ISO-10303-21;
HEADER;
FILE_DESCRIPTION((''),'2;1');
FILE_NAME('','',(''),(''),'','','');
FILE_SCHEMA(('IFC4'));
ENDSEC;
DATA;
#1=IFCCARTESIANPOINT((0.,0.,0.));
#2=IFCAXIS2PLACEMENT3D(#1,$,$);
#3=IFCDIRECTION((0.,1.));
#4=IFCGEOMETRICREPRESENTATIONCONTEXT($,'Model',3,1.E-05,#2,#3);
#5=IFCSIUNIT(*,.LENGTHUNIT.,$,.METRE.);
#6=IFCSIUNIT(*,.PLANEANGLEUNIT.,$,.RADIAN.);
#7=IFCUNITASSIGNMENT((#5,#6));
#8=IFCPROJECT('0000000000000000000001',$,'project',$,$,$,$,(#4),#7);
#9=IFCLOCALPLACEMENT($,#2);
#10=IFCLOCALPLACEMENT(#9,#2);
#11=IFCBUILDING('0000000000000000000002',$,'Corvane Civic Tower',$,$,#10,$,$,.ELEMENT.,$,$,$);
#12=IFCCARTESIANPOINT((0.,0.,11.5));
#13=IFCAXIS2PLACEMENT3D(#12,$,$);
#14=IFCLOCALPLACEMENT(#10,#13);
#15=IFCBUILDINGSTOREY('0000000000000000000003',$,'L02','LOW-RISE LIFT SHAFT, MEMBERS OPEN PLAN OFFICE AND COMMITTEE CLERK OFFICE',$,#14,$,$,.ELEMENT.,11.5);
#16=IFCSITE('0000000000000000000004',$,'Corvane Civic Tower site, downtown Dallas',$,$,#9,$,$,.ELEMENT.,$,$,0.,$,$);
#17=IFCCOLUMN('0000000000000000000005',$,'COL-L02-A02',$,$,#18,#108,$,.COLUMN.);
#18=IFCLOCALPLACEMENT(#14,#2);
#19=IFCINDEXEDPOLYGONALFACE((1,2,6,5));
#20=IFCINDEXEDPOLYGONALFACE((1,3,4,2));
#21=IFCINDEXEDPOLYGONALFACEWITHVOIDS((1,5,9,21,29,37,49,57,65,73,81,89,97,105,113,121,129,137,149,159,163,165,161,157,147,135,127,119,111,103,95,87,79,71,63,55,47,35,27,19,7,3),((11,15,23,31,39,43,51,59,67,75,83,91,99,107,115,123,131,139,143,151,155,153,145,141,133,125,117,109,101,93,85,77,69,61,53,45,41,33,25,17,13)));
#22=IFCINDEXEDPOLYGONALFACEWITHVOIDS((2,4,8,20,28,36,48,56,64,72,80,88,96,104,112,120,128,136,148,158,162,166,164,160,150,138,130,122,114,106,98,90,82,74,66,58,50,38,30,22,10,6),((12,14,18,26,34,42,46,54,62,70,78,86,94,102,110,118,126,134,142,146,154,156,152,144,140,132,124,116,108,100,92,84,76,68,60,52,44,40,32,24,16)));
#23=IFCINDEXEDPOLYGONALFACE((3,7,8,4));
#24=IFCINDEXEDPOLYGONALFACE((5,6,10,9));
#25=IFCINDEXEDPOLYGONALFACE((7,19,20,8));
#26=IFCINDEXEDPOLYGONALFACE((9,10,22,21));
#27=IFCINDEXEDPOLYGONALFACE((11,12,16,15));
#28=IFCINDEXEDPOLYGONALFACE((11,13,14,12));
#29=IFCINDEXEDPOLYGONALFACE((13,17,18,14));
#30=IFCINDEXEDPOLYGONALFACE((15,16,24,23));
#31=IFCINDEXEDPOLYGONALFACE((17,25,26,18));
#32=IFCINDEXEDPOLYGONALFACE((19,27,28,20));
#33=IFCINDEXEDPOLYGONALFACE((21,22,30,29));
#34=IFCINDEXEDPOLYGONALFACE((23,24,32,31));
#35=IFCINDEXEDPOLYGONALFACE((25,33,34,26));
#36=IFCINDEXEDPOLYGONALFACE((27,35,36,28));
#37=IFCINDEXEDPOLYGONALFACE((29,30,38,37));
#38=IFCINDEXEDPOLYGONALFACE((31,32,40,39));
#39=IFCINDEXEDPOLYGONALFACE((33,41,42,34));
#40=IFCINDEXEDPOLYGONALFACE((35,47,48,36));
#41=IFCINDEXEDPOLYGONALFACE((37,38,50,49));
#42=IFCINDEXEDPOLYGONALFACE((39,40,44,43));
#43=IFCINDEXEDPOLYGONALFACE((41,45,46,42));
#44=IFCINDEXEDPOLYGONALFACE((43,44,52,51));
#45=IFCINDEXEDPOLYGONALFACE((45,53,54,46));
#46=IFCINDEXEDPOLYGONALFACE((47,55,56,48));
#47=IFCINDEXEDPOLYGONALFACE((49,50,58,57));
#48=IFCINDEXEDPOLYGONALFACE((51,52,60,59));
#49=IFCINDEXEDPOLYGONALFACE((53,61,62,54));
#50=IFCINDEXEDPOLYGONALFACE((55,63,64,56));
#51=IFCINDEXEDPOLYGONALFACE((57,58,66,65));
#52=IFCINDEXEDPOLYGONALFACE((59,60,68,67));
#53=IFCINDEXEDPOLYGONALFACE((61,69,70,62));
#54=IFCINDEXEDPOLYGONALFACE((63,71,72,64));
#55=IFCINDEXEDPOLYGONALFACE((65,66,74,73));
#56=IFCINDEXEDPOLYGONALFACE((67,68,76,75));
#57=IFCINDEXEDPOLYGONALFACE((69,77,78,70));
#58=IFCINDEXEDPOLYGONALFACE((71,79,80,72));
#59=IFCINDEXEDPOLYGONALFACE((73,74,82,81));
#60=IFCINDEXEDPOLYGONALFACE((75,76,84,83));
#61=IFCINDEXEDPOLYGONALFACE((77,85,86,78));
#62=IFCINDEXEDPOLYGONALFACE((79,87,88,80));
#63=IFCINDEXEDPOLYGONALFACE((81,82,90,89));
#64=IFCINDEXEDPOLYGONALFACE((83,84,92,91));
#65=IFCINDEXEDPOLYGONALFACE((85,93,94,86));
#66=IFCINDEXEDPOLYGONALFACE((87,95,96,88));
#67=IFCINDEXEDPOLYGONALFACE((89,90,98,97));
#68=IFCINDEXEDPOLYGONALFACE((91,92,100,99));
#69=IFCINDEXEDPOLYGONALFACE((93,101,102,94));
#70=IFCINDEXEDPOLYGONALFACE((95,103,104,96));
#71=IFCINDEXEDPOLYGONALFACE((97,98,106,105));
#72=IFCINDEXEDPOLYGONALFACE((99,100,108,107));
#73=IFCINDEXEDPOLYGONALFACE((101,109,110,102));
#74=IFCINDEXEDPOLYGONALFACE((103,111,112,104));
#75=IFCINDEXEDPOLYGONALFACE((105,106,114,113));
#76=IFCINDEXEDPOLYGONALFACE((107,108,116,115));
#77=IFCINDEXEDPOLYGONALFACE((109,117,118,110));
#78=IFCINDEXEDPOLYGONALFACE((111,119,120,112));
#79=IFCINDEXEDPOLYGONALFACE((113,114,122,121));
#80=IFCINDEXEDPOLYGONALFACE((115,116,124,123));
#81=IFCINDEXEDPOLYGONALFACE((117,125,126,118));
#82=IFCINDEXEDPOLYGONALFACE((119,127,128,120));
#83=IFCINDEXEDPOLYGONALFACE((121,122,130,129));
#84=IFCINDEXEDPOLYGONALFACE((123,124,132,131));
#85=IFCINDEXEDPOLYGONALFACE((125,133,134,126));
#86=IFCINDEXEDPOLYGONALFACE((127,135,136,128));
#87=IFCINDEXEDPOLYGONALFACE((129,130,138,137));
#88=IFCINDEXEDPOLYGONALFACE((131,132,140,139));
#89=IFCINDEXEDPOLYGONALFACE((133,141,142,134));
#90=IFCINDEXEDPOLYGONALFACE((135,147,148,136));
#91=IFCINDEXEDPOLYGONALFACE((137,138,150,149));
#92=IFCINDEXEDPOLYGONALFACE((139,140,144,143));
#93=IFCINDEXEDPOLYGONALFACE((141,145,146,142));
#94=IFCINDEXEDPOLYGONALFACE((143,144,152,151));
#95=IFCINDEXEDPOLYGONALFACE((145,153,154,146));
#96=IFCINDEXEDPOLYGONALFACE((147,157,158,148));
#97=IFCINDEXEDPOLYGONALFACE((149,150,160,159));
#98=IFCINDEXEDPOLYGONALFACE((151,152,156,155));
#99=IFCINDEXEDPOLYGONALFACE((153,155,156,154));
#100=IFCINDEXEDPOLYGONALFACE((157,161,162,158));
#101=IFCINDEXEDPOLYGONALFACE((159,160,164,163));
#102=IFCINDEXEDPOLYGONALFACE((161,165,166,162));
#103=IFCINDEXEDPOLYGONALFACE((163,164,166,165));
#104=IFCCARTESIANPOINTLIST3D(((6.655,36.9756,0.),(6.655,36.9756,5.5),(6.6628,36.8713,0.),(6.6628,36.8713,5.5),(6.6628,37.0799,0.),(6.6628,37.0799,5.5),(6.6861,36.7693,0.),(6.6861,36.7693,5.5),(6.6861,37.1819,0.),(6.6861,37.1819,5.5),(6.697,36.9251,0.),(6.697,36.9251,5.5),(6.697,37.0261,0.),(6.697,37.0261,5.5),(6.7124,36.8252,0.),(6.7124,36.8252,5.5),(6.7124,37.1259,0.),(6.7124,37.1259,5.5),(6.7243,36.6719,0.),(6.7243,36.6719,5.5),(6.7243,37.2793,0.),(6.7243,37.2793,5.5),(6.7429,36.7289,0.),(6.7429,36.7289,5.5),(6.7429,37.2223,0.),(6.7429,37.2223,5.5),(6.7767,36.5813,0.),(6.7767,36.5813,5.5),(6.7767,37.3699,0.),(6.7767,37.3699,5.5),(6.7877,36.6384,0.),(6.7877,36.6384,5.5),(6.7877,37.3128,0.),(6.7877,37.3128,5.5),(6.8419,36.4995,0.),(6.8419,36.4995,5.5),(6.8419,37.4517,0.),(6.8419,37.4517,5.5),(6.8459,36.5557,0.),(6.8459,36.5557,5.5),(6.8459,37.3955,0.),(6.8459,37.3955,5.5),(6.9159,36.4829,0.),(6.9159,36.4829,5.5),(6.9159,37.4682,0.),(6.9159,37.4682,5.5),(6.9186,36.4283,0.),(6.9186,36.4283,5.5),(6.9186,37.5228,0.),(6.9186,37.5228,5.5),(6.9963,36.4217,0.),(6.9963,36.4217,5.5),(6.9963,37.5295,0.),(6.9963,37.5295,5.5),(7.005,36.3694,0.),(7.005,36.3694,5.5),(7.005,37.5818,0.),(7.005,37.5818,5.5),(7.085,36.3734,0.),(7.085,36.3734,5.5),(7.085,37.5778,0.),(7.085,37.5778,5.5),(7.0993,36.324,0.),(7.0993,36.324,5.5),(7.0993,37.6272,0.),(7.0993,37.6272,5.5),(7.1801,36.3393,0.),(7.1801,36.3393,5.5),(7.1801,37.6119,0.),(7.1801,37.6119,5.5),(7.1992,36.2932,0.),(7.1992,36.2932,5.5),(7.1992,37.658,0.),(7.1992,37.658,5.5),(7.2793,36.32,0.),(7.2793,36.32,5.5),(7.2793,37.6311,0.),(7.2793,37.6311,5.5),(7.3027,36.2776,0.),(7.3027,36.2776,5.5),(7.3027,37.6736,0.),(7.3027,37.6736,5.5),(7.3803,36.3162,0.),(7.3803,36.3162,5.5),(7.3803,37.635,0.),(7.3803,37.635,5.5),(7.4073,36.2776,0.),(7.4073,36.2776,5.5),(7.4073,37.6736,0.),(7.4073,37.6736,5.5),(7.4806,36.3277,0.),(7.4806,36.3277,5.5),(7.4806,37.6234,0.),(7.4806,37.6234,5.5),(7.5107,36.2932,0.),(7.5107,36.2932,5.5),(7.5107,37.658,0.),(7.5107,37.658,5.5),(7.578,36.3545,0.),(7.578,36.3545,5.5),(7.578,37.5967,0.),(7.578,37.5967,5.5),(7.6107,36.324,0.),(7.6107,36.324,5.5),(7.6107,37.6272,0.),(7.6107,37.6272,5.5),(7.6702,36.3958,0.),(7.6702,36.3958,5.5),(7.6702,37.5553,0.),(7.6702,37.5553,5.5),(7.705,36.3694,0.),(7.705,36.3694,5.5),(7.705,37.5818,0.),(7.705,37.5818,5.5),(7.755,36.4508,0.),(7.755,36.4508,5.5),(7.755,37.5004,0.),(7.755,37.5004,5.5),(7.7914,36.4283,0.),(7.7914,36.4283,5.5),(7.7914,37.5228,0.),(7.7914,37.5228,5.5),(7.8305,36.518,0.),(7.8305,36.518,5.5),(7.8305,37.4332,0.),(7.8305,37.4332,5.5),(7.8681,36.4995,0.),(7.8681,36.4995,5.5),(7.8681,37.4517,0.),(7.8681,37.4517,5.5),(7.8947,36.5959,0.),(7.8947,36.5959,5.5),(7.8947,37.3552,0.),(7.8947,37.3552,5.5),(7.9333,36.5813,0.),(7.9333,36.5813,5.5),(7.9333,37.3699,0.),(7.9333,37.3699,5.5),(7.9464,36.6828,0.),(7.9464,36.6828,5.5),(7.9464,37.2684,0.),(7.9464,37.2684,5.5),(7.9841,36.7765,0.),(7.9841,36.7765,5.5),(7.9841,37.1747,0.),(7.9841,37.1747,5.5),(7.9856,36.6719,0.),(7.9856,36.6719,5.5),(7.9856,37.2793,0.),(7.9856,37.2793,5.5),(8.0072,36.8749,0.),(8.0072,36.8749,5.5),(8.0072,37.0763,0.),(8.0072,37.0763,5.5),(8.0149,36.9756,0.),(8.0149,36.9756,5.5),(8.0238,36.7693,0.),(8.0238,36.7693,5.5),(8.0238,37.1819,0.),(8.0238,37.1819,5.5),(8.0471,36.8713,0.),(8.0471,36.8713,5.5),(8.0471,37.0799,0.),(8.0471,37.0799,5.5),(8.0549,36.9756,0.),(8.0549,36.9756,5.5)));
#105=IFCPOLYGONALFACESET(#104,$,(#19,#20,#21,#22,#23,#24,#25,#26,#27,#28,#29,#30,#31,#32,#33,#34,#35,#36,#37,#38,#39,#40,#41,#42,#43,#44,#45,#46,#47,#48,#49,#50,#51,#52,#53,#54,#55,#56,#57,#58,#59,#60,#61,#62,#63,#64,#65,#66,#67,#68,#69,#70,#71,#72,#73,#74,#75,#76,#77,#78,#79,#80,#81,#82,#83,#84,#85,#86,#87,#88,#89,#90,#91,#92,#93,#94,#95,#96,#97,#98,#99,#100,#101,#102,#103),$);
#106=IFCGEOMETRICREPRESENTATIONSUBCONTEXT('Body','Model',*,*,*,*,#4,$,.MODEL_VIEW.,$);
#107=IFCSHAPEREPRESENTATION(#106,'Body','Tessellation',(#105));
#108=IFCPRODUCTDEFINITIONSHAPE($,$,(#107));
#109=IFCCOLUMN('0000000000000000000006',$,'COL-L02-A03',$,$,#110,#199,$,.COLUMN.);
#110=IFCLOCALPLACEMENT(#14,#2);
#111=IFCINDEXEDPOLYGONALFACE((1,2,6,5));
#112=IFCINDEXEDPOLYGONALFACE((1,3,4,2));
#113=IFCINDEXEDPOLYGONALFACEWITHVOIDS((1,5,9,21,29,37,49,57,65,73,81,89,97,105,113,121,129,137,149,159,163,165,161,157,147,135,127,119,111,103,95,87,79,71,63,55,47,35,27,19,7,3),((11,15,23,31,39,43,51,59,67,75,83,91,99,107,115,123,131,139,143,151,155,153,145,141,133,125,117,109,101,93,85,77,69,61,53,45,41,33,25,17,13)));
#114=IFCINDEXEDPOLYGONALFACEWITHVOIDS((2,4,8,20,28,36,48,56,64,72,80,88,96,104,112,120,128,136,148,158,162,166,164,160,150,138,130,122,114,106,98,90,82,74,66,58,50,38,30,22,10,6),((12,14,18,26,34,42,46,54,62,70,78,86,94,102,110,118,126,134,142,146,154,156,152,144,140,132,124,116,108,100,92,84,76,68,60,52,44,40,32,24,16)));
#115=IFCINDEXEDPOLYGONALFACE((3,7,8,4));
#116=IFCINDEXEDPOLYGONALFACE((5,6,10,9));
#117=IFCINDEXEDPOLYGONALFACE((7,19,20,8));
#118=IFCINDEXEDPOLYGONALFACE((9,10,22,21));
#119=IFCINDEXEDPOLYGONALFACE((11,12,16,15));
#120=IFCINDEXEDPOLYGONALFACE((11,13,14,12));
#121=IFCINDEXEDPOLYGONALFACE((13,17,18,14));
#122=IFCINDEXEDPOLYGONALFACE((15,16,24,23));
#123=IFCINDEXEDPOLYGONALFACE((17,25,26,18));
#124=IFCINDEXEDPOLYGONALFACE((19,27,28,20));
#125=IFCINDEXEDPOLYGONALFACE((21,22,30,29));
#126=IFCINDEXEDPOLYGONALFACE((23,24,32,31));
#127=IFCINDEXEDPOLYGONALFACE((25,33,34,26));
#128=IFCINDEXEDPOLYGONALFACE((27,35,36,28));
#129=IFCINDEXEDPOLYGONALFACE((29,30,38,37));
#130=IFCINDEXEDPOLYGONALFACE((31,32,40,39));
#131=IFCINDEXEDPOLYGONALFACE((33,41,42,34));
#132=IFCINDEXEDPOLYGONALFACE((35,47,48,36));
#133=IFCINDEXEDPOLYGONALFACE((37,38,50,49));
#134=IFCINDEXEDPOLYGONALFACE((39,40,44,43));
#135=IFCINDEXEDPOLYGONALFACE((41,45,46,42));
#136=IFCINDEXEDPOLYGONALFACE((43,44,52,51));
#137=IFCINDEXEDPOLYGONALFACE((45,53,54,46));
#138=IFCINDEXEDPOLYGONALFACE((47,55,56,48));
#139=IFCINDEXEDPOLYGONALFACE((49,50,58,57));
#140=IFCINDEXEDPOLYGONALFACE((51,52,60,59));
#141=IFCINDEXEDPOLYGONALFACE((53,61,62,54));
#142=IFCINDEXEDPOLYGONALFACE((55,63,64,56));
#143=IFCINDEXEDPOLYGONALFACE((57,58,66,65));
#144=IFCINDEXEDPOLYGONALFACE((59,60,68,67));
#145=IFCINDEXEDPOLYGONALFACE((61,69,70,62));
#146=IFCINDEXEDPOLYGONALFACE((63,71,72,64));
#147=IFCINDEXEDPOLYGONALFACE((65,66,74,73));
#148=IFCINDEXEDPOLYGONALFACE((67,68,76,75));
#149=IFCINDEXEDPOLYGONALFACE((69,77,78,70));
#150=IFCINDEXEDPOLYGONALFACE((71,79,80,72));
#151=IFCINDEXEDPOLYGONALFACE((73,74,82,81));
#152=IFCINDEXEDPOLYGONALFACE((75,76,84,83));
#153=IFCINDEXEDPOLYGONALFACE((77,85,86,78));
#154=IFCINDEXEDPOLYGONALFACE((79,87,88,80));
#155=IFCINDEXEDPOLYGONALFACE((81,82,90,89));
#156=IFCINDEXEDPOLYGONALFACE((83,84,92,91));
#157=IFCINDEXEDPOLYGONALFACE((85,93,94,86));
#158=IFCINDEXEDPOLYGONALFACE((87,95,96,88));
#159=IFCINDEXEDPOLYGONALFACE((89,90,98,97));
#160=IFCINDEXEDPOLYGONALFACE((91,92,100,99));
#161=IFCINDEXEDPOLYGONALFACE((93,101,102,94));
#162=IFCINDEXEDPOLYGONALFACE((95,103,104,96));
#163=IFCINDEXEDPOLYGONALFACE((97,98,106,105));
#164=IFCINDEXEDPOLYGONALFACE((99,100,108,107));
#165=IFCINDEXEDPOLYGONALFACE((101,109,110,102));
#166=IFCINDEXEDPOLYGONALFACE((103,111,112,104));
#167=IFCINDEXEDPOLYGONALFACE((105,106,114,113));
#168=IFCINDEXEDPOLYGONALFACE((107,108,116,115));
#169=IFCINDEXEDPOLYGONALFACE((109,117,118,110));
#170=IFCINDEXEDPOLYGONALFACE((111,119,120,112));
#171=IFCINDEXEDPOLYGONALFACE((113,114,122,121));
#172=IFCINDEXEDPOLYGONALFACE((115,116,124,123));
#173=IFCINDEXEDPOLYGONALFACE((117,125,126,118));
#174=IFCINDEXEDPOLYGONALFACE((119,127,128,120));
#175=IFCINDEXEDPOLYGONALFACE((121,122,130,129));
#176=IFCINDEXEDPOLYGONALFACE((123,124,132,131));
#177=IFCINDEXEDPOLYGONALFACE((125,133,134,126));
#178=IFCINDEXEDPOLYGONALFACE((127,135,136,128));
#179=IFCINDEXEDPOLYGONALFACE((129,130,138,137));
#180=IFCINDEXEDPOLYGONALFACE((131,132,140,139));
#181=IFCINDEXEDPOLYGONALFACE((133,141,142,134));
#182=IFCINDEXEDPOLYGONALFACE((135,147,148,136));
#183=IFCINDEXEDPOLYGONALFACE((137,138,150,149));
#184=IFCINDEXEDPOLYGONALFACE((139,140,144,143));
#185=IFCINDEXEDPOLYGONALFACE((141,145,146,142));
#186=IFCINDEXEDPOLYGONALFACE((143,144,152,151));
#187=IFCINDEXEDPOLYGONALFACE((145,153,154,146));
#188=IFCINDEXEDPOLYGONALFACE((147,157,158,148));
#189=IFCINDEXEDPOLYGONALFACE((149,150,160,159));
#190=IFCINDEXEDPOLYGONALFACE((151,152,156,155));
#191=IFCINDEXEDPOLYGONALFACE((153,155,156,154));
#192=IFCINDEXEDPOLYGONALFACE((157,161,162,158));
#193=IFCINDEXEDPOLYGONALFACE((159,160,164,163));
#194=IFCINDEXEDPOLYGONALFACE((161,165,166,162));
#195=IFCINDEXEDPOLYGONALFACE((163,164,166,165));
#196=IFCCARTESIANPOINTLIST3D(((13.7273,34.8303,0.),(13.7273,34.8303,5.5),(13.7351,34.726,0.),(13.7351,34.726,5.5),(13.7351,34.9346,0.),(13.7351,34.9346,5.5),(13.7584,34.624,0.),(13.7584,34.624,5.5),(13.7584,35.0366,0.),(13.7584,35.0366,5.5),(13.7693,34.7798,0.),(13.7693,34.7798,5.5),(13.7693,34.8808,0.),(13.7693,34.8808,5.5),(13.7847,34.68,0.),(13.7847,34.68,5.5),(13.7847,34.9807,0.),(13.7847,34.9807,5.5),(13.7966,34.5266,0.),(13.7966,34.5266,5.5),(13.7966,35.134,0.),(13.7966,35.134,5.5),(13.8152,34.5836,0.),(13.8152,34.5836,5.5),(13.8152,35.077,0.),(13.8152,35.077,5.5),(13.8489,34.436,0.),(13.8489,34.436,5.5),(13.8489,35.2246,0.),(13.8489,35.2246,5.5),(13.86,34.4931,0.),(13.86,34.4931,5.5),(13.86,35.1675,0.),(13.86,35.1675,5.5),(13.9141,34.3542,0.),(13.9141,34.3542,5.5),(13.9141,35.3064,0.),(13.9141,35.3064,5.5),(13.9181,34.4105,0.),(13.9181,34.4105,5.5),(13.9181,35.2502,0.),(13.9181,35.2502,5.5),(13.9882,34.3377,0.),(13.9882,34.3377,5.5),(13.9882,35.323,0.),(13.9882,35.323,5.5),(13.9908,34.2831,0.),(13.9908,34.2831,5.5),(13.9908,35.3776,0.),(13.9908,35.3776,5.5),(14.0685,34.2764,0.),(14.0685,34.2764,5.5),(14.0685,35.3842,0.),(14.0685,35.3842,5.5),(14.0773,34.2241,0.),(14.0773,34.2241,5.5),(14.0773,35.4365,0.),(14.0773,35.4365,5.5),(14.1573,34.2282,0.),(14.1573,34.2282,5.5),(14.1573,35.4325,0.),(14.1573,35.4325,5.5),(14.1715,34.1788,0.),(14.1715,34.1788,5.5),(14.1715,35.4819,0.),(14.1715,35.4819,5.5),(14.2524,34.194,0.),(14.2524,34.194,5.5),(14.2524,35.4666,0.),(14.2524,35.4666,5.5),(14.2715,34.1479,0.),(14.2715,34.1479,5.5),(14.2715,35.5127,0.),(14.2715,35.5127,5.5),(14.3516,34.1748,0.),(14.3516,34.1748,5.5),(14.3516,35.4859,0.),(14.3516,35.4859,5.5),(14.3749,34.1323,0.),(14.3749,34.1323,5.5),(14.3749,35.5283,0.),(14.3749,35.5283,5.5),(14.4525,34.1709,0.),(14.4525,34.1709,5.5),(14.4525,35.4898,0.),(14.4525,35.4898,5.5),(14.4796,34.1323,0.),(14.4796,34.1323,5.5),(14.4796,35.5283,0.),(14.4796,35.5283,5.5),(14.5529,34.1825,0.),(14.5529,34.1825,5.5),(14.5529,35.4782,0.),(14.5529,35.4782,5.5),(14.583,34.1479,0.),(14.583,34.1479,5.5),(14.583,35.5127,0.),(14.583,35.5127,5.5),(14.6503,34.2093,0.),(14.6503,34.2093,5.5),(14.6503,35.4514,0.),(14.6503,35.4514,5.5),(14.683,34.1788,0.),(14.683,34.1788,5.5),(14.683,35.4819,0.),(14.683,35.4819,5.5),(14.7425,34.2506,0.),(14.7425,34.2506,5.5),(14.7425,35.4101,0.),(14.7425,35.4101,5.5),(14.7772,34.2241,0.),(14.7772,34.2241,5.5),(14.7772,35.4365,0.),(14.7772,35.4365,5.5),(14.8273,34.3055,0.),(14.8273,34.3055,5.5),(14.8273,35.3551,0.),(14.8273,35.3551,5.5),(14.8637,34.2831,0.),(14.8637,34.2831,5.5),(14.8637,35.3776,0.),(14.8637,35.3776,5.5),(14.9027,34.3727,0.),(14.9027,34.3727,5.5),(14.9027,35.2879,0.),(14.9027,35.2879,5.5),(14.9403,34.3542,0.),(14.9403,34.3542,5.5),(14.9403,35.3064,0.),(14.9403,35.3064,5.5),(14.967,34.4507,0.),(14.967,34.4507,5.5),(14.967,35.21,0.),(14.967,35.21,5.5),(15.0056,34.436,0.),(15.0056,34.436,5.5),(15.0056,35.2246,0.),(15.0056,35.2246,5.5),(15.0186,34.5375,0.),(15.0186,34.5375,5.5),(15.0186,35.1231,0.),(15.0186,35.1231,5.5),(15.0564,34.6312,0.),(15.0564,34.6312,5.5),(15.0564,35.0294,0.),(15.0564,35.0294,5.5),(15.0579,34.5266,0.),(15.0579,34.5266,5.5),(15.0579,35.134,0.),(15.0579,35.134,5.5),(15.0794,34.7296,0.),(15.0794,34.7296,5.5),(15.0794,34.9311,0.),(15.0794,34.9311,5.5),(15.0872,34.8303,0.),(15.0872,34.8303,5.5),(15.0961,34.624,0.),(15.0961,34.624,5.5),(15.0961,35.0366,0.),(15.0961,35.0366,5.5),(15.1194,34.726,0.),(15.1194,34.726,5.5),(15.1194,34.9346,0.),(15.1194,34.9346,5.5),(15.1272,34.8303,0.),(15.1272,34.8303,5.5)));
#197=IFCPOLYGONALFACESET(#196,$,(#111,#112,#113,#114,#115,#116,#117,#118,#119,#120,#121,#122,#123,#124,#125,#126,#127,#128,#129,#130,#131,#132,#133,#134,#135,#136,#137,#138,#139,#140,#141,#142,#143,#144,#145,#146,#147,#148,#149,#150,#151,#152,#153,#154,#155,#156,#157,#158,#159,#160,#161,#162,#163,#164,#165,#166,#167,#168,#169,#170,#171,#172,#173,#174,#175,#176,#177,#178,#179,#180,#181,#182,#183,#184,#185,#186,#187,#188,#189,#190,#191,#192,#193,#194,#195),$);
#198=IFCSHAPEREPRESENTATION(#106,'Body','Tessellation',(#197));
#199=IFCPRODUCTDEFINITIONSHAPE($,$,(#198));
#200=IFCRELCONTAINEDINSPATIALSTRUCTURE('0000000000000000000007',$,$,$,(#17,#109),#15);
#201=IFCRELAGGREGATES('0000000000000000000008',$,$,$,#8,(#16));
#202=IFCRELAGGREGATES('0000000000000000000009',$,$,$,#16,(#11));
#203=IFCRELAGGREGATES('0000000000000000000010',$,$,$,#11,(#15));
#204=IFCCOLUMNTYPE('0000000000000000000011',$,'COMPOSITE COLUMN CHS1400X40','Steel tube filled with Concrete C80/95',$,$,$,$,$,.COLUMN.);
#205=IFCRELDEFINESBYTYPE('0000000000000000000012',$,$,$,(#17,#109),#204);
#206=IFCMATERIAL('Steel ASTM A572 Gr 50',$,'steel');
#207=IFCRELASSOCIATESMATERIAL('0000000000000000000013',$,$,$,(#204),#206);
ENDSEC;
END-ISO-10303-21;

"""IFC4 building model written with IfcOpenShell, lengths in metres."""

from ifc_helpers import new_model, si_unit, direction, frame, origin, origin_2d, place, context, subcontext, project, spatial, hollow_circle, extrude, material, material_profile, profile_set, type_object, element, save


model = new_model("IFC4")

# Units and contexts
model_context = context("Model", 3, precision=1e-05, world=origin(), true_north=direction((0.0, 1.0)))
body_context = subcontext(model_context, "Body", "Model", "MODEL_VIEW")
ifc_project = project(units=[si_unit("LENGTHUNIT", "METRE"), si_unit("PLANEANGLEUNIT", "RADIAN")], contexts=[model_context])

# Site, building, storey
site_placement = place(None, origin())
site = spatial("IfcSite", under=ifc_project, at=site_placement, Name="Corvane Civic Tower site, downtown Dallas", CompositionType="ELEMENT", RefElevation=0.0)
building_placement = place(site_placement, origin())
building = spatial("IfcBuilding", under=site, at=building_placement, Name="Corvane Civic Tower", CompositionType="ELEMENT")
storey_placement = place(building_placement, frame((0.0, 0.0, 11.5)))
storey = spatial("IfcBuildingStorey", under=building, at=storey_placement, Name="L02", Description="LOW-RISE LIFT SHAFT, MEMBERS OPEN PLAN OFFICE AND COMMITTEE CLERK OFFICE", CompositionType="ELEMENT", Elevation=11.5)

# Columns
ifc_material_1 = material(Name="Steel ASTM A572 Gr 50", Category="steel")
ifc_material_profile_1 = material_profile(ifc_material_1, hollow_circle(Radius=0.7, WallThickness=0.04, at=origin_2d()), Name="CHS1400X40")
ifc_profile_set_1 = profile_set([ifc_material_profile_1], Name="Steel ASTM A572 Gr 50")
column_type = type_object("IfcColumnType", Name="COMPOSITE COLUMN CHS1400X40", Description="Steel tube filled with Concrete C80/95", PredefinedType="COLUMN", material=ifc_profile_set_1)
for number, where, z_axis, x_axis, name in (
    (1, (7.355, 36.9756, 0.0), (0.0, 0.0, 1.0), (1.0, 0.0, 0.0), "COL-L02-A02"),
    (2, (14.4272, 34.8303, 0.0), (0.0, 0.0, 1.0), (1.0, 0.0, 0.0), "COL-L02-A03"),
):
    element("IfcColumn", number, at=place(storey_placement, frame(where, z_axis=z_axis, x_axis=x_axis)), inside=storey, type_object=column_type, Name=name, PredefinedType="COLUMN", context=body_context, shape_type="SweptSolid", body=[
        extrude(hollow_circle(Radius=0.7, WallThickness=0.04, at=origin_2d()), origin(), (0.0, 0.0, 1.0), 5.5),
    ])

save(model, "model.ifc")
